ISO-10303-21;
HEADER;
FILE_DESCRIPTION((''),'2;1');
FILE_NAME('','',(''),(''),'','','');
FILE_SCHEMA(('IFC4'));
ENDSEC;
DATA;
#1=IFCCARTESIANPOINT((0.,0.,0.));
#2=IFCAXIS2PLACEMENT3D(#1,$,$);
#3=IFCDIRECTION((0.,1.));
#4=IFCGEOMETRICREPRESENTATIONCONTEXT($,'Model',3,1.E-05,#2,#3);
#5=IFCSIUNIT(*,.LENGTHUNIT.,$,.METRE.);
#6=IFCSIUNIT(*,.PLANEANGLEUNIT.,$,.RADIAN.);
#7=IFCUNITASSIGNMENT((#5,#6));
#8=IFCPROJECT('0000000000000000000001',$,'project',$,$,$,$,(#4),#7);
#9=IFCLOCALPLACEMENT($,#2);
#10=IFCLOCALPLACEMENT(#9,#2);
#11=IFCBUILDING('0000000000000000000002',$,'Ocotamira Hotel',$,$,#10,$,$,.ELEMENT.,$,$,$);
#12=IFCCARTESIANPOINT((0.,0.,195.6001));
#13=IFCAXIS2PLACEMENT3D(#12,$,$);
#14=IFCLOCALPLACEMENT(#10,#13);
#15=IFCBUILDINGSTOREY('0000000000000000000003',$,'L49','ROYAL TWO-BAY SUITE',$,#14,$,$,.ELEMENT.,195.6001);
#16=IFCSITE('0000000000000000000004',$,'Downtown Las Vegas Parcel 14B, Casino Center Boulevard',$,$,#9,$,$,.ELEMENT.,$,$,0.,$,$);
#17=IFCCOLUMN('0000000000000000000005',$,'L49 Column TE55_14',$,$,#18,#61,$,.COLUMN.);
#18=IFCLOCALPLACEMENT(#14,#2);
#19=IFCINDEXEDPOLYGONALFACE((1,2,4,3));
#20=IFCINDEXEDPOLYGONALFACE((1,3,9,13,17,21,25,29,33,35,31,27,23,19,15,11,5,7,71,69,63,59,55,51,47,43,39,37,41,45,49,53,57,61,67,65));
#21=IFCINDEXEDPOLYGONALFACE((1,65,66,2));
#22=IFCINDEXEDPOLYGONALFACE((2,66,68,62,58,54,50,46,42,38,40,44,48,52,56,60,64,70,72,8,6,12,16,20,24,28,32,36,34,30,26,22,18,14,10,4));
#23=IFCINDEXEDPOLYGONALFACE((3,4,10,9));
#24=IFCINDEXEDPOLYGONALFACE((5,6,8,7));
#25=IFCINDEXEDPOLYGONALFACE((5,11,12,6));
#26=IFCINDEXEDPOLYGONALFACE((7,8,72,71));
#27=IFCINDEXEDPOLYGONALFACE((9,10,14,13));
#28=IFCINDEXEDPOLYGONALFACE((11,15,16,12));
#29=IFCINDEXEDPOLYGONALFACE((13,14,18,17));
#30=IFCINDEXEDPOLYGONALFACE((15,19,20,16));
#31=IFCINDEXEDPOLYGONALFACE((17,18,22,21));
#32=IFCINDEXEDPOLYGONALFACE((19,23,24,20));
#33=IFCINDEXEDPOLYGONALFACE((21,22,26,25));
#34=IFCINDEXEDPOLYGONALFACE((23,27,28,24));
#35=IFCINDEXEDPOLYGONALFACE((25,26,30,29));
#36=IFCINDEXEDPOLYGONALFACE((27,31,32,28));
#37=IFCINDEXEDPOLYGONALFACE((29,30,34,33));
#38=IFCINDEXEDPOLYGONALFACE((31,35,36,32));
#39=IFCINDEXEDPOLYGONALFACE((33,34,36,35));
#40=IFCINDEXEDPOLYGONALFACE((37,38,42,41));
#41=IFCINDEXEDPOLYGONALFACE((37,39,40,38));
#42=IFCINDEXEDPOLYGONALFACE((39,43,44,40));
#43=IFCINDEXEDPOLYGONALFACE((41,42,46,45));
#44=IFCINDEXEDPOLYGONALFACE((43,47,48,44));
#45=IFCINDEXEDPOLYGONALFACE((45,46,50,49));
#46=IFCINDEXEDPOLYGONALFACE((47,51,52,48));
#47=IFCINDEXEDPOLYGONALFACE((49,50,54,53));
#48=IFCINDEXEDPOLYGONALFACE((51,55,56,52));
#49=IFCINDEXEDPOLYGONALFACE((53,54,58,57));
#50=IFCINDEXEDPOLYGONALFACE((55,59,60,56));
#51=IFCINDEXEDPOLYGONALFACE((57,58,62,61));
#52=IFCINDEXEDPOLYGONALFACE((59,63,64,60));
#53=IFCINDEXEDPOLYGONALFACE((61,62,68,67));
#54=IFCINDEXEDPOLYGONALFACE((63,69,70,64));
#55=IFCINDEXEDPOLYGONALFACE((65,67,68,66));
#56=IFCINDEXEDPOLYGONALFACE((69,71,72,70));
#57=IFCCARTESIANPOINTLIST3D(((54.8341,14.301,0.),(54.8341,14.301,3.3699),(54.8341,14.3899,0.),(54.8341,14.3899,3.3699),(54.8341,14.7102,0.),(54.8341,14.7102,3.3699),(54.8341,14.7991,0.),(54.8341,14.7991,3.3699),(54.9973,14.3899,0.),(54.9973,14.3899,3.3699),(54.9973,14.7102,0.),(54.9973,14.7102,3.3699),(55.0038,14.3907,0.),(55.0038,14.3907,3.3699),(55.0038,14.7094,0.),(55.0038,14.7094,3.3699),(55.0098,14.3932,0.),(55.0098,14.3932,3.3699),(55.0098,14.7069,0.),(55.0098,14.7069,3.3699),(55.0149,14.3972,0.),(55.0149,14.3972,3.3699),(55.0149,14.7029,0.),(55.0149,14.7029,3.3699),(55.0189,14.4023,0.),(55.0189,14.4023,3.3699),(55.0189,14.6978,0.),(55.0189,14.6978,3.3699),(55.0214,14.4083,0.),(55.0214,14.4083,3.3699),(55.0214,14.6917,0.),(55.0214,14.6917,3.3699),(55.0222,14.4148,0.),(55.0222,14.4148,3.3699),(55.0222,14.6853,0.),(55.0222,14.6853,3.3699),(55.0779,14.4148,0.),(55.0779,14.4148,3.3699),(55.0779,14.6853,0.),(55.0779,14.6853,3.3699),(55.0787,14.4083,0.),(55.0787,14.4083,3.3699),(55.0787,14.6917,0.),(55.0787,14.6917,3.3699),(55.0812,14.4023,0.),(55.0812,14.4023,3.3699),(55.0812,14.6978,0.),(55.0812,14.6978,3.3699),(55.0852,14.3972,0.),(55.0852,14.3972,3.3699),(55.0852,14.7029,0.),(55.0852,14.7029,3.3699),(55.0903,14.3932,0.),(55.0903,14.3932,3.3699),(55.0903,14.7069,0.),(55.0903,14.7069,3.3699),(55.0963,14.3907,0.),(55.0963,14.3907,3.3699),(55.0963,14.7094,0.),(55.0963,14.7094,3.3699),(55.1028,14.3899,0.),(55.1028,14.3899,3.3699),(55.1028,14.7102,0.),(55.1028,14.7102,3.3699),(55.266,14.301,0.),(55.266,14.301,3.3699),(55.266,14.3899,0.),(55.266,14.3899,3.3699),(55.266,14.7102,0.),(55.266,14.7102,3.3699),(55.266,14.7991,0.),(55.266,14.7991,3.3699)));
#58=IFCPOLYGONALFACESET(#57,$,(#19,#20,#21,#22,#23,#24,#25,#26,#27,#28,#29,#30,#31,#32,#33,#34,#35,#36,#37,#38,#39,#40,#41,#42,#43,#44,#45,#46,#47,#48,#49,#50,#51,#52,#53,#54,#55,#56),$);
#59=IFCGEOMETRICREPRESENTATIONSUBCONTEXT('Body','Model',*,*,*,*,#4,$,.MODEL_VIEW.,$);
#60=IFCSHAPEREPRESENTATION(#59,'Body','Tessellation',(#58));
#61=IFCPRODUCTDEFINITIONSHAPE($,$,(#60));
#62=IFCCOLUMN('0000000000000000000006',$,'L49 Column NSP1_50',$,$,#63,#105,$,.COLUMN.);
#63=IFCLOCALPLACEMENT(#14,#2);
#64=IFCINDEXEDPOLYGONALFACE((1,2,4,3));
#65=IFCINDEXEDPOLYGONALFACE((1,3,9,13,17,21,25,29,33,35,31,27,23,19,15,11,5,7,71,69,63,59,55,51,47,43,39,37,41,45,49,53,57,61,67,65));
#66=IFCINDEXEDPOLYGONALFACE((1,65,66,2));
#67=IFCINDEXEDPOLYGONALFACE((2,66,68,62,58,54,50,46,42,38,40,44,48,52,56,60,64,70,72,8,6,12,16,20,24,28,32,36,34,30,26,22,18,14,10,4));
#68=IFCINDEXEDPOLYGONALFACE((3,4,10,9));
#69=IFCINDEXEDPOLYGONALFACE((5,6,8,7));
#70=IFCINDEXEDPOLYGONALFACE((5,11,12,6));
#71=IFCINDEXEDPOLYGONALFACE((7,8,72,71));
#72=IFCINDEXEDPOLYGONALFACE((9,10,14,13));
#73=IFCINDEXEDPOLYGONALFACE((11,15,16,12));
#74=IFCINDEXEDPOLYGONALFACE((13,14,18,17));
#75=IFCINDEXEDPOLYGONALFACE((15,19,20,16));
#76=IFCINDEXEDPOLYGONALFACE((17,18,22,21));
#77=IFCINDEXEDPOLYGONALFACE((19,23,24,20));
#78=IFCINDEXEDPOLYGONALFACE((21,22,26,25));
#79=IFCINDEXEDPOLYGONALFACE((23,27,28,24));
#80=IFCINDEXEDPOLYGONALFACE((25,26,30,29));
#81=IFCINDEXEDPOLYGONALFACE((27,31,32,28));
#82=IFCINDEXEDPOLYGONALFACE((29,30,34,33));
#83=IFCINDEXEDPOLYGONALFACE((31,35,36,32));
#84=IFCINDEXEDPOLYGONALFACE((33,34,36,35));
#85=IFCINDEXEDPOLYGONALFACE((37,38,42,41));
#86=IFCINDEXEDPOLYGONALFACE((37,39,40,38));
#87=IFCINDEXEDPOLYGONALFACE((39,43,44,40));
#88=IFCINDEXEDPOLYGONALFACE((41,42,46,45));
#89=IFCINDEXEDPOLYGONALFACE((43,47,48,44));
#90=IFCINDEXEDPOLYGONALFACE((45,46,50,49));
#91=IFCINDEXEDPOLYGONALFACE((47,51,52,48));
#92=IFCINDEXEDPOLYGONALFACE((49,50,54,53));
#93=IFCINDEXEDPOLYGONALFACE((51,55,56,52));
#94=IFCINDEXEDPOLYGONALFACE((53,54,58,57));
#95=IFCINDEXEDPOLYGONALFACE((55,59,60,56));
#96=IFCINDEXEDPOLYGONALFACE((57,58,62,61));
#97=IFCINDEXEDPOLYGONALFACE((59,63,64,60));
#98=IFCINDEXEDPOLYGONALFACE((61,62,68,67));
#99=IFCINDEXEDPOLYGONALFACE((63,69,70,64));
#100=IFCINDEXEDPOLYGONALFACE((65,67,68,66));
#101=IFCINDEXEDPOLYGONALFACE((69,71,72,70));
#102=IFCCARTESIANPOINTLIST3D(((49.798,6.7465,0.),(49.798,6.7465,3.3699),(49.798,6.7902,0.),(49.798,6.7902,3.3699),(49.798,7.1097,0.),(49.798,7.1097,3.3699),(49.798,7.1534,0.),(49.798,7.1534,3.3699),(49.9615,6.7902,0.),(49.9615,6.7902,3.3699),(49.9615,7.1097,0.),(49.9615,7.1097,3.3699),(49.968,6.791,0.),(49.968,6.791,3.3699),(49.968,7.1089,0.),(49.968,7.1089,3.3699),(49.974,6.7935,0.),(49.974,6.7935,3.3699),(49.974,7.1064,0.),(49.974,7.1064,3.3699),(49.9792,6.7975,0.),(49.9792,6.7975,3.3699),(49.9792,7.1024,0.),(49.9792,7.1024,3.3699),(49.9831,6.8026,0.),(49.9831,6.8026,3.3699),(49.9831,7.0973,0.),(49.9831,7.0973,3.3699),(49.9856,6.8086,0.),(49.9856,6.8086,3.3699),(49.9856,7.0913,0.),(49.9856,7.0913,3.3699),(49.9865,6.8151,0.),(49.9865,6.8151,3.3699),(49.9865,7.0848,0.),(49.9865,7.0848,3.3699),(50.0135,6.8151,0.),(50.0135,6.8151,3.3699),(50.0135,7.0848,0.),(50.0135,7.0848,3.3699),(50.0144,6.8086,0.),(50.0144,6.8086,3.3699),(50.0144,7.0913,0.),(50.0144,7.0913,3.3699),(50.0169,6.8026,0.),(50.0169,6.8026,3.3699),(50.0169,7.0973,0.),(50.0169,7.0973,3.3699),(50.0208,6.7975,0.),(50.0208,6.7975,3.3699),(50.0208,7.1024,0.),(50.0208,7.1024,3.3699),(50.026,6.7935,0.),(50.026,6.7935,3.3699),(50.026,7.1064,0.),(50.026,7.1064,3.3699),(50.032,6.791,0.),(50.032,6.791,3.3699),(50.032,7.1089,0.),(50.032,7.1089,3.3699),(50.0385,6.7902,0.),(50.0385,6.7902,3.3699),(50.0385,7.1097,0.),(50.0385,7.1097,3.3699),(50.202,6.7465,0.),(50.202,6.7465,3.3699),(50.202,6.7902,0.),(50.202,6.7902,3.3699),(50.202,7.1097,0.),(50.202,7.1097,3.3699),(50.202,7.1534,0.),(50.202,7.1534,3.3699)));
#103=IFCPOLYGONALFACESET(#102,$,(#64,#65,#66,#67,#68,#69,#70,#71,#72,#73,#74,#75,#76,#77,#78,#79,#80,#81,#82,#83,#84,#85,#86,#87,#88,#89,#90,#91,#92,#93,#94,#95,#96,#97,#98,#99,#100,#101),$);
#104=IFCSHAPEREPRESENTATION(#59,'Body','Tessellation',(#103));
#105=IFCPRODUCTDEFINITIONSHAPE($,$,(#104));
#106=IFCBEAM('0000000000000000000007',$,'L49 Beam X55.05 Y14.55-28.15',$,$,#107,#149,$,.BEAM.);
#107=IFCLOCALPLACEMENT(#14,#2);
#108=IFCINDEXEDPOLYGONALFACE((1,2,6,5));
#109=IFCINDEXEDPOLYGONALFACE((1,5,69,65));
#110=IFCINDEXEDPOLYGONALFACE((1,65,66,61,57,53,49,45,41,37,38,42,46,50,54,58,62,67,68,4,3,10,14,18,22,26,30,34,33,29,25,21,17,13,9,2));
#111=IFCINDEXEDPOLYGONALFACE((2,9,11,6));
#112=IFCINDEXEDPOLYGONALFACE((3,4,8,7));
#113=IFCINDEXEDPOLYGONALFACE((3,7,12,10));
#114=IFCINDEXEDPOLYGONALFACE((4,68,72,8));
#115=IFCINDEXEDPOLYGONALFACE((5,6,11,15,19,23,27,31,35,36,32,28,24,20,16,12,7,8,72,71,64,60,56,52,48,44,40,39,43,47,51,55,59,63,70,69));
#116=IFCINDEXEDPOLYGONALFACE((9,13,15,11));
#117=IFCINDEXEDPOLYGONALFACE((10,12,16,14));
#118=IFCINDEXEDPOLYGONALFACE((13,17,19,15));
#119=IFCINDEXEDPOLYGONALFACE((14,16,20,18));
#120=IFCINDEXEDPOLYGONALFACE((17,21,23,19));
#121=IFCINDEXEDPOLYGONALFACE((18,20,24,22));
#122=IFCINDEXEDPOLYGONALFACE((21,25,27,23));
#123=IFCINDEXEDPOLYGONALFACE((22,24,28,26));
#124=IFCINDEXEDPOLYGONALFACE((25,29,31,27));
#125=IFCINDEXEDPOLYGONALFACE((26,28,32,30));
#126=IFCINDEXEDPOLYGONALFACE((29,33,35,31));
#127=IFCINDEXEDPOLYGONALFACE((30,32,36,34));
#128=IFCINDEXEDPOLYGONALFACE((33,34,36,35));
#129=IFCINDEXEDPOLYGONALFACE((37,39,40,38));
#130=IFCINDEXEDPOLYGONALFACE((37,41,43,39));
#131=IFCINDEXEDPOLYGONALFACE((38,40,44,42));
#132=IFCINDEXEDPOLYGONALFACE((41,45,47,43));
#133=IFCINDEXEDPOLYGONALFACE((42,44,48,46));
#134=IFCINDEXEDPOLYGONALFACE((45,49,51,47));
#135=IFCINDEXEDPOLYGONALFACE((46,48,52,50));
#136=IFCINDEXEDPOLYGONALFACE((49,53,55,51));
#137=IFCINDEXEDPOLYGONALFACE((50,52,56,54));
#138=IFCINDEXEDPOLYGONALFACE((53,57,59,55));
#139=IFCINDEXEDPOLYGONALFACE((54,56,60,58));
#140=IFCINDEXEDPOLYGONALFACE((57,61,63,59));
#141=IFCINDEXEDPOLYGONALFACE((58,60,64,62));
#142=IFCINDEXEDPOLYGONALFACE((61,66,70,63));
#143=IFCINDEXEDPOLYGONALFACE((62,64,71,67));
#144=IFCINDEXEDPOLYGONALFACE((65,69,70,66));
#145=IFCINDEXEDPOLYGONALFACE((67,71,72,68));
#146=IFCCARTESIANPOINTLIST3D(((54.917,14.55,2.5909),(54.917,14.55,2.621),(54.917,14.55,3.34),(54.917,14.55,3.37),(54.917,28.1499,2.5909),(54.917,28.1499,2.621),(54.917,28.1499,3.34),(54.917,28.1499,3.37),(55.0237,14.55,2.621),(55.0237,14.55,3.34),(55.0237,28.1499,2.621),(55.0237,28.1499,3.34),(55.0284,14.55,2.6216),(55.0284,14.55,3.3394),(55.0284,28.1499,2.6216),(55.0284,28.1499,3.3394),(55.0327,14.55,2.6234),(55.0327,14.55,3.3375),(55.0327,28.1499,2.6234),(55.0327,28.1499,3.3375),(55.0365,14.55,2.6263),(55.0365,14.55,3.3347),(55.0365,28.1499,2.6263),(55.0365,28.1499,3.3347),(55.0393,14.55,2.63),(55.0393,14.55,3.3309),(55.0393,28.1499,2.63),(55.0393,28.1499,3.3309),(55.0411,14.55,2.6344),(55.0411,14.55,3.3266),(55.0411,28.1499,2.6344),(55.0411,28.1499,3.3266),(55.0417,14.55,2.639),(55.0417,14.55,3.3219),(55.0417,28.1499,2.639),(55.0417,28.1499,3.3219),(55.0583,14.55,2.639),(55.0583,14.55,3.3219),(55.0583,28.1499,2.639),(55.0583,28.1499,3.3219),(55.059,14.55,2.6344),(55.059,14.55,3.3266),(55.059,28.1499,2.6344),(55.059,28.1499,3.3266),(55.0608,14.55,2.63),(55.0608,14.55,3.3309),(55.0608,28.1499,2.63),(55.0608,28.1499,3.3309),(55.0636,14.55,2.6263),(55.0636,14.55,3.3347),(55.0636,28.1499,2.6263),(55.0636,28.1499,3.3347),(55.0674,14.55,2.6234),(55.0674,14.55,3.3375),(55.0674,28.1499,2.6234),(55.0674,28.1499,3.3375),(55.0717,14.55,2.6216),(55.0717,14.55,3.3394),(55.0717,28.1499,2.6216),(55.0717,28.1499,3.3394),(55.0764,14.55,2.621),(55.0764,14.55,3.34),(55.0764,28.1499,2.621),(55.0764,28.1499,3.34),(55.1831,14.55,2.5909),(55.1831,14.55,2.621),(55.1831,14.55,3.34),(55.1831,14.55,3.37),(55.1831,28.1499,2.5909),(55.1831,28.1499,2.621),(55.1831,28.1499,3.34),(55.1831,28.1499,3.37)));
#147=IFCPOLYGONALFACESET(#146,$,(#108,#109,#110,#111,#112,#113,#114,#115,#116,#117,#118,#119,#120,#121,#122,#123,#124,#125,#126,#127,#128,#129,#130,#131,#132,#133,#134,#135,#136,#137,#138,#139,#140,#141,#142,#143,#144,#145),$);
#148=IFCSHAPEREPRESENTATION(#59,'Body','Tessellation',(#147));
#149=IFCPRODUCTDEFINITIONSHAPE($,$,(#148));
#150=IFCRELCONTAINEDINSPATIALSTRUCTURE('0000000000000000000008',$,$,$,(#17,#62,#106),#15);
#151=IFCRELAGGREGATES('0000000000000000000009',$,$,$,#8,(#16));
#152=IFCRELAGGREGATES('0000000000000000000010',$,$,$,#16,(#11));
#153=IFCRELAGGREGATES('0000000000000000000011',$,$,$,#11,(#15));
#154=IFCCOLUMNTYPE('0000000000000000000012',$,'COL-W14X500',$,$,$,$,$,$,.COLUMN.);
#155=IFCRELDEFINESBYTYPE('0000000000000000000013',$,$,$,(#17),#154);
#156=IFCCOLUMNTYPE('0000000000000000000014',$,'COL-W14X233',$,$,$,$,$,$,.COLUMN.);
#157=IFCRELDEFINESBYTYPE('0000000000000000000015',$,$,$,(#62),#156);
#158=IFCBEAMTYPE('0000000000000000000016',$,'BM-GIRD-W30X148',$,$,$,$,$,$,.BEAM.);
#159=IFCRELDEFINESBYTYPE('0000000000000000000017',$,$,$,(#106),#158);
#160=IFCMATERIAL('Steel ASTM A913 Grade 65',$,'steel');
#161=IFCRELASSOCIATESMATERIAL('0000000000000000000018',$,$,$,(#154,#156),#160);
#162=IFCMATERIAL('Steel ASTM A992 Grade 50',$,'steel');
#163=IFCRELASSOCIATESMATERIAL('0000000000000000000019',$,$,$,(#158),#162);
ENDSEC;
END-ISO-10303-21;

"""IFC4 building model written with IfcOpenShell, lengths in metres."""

from ifc_helpers import new_model, si_unit, direction, frame, origin, origin_2d, place, context, subcontext, project, spatial, i_section, extrude, source, transform, mapped, material, material_profile, profile_set, type_object, element, save


model = new_model("IFC4")

# Units and contexts
model_context = context("Model", 3, precision=1e-05, world=origin(), true_north=direction((0.0, 1.0)))
body_context = subcontext(model_context, "Body", "Model", "MODEL_VIEW")
ifc_project = project(units=[si_unit("LENGTHUNIT", "METRE"), si_unit("PLANEANGLEUNIT", "RADIAN")], contexts=[model_context])

# Site, building, storey
site_placement = place(None, origin())
site = spatial("IfcSite", under=ifc_project, at=site_placement, Name="Downtown Las Vegas Parcel 14B, Casino Center Boulevard", CompositionType="ELEMENT", RefElevation=0.0)
building_placement = place(site_placement, origin())
building = spatial("IfcBuilding", under=site, at=building_placement, Name="Ocotamira Hotel", CompositionType="ELEMENT")
storey_placement = place(building_placement, frame((0.0, 0.0, 195.6001)))
storey = spatial("IfcBuildingStorey", under=building, at=storey_placement, Name="L49", Description="ROYAL TWO-BAY SUITE", CompositionType="ELEMENT", Elevation=195.6001)

# Columns
ifc_material_1 = material(Name="Steel ASTM A913 Grade 65", Category="steel")
ifc_material_profile_1 = material_profile(ifc_material_1, i_section(OverallWidth=0.4319, OverallDepth=0.498, WebThickness=0.0557, FlangeThickness=0.0889, FilletRadius=0.0249, at=origin_2d()), Name="W14X500")
ifc_profile_set_1 = profile_set([ifc_material_profile_1], Name="Steel ASTM A913 Grade 65")
column_type_1 = type_object("IfcColumnType", Name="COL-W14X500", PredefinedType="COLUMN", material=ifc_profile_set_1)
shared_shape_1 = source(origin(), body_context, "Body", "SweptSolid", [
    extrude(i_section(OverallWidth=0.4319, OverallDepth=0.498, WebThickness=0.0557, FlangeThickness=0.0889, FilletRadius=0.0249, at=origin_2d()), origin(), (0.0, 0.0, 1.0), 3.3699),
])
column_1_placement = place(storey_placement, frame((55.05, 14.55, 0.0), z_axis=(0.0, 0.0, 1.0), x_axis=(1.0, 0.0, 0.0)))
element("IfcColumn", 1, at=column_1_placement, inside=storey, type_object=column_type_1, Name="L49 Column TE55_14", PredefinedType="COLUMN", context=body_context, shape_type="MappedRepresentation", body=[
    mapped(shared_shape_1, transform((0.0, 0.0, 0.0), scale=1.0)),
])
ifc_material_profile_2 = material_profile(ifc_material_1, i_section(OverallWidth=0.4041, OverallDepth=0.407, WebThickness=0.0271, FlangeThickness=0.0437, FilletRadius=0.0249, at=origin_2d()), Name="W14X233")
ifc_profile_set_2 = profile_set([ifc_material_profile_2], Name="Steel ASTM A913 Grade 65")
column_type_2 = type_object("IfcColumnType", Name="COL-W14X233", PredefinedType="COLUMN", material=ifc_profile_set_2)
shared_shape_2 = source(origin(), body_context, "Body", "SweptSolid", [
    extrude(i_section(OverallWidth=0.4041, OverallDepth=0.407, WebThickness=0.0271, FlangeThickness=0.0437, FilletRadius=0.0249, at=origin_2d()), origin(), (0.0, 0.0, 1.0), 3.3699),
])
column_2_placement = place(storey_placement, frame((50.0, 6.95, 0.0), z_axis=(0.0, 0.0, 1.0), x_axis=(1.0, 0.0, 0.0)))
element("IfcColumn", 2, at=column_2_placement, inside=storey, type_object=column_type_2, Name="L49 Column NSP1_50", PredefinedType="COLUMN", context=body_context, shape_type="MappedRepresentation", body=[
    mapped(shared_shape_2, transform((0.0, 0.0, 0.0), scale=1.0)),
])

# Beam
ifc_material_2 = material(Name="Steel ASTM A992 Grade 50", Category="steel")
ifc_material_profile_3 = material_profile(ifc_material_2, i_section(OverallWidth=0.2661, OverallDepth=0.7791, WebThickness=0.0166, FlangeThickness=0.03, FilletRadius=0.0181, at=origin_2d()), Name="W30X148")
ifc_profile_set_3 = profile_set([ifc_material_profile_3], Name="Steel ASTM A992 Grade 50")
beam_type_1 = type_object("IfcBeamType", Name="BM-GIRD-W30X148", PredefinedType="BEAM", material=ifc_profile_set_3)
shared_shape_3 = source(origin(), body_context, "Body", "SweptSolid", [
    extrude(i_section(OverallWidth=0.2661, OverallDepth=0.7791, WebThickness=0.0166, FlangeThickness=0.03, FilletRadius=0.0181, at=origin_2d()), origin(), (0.0, 0.0, 1.0), 13.5999),
])
beam_1_placement = place(storey_placement, frame((55.05, 14.55, 2.9805), z_axis=(0.0, 1.0, 0.0), x_axis=(-1.0, 0.0, 0.0)))
element("IfcBeam", 3, at=beam_1_placement, inside=storey, type_object=beam_type_1, Name="L49 Beam X55.05 Y14.55-28.15", PredefinedType="BEAM", context=body_context, shape_type="MappedRepresentation", body=[
    mapped(shared_shape_3, transform((0.0, 0.0, 0.0), scale=1.0)),
])

save(model, "model.ifc")
